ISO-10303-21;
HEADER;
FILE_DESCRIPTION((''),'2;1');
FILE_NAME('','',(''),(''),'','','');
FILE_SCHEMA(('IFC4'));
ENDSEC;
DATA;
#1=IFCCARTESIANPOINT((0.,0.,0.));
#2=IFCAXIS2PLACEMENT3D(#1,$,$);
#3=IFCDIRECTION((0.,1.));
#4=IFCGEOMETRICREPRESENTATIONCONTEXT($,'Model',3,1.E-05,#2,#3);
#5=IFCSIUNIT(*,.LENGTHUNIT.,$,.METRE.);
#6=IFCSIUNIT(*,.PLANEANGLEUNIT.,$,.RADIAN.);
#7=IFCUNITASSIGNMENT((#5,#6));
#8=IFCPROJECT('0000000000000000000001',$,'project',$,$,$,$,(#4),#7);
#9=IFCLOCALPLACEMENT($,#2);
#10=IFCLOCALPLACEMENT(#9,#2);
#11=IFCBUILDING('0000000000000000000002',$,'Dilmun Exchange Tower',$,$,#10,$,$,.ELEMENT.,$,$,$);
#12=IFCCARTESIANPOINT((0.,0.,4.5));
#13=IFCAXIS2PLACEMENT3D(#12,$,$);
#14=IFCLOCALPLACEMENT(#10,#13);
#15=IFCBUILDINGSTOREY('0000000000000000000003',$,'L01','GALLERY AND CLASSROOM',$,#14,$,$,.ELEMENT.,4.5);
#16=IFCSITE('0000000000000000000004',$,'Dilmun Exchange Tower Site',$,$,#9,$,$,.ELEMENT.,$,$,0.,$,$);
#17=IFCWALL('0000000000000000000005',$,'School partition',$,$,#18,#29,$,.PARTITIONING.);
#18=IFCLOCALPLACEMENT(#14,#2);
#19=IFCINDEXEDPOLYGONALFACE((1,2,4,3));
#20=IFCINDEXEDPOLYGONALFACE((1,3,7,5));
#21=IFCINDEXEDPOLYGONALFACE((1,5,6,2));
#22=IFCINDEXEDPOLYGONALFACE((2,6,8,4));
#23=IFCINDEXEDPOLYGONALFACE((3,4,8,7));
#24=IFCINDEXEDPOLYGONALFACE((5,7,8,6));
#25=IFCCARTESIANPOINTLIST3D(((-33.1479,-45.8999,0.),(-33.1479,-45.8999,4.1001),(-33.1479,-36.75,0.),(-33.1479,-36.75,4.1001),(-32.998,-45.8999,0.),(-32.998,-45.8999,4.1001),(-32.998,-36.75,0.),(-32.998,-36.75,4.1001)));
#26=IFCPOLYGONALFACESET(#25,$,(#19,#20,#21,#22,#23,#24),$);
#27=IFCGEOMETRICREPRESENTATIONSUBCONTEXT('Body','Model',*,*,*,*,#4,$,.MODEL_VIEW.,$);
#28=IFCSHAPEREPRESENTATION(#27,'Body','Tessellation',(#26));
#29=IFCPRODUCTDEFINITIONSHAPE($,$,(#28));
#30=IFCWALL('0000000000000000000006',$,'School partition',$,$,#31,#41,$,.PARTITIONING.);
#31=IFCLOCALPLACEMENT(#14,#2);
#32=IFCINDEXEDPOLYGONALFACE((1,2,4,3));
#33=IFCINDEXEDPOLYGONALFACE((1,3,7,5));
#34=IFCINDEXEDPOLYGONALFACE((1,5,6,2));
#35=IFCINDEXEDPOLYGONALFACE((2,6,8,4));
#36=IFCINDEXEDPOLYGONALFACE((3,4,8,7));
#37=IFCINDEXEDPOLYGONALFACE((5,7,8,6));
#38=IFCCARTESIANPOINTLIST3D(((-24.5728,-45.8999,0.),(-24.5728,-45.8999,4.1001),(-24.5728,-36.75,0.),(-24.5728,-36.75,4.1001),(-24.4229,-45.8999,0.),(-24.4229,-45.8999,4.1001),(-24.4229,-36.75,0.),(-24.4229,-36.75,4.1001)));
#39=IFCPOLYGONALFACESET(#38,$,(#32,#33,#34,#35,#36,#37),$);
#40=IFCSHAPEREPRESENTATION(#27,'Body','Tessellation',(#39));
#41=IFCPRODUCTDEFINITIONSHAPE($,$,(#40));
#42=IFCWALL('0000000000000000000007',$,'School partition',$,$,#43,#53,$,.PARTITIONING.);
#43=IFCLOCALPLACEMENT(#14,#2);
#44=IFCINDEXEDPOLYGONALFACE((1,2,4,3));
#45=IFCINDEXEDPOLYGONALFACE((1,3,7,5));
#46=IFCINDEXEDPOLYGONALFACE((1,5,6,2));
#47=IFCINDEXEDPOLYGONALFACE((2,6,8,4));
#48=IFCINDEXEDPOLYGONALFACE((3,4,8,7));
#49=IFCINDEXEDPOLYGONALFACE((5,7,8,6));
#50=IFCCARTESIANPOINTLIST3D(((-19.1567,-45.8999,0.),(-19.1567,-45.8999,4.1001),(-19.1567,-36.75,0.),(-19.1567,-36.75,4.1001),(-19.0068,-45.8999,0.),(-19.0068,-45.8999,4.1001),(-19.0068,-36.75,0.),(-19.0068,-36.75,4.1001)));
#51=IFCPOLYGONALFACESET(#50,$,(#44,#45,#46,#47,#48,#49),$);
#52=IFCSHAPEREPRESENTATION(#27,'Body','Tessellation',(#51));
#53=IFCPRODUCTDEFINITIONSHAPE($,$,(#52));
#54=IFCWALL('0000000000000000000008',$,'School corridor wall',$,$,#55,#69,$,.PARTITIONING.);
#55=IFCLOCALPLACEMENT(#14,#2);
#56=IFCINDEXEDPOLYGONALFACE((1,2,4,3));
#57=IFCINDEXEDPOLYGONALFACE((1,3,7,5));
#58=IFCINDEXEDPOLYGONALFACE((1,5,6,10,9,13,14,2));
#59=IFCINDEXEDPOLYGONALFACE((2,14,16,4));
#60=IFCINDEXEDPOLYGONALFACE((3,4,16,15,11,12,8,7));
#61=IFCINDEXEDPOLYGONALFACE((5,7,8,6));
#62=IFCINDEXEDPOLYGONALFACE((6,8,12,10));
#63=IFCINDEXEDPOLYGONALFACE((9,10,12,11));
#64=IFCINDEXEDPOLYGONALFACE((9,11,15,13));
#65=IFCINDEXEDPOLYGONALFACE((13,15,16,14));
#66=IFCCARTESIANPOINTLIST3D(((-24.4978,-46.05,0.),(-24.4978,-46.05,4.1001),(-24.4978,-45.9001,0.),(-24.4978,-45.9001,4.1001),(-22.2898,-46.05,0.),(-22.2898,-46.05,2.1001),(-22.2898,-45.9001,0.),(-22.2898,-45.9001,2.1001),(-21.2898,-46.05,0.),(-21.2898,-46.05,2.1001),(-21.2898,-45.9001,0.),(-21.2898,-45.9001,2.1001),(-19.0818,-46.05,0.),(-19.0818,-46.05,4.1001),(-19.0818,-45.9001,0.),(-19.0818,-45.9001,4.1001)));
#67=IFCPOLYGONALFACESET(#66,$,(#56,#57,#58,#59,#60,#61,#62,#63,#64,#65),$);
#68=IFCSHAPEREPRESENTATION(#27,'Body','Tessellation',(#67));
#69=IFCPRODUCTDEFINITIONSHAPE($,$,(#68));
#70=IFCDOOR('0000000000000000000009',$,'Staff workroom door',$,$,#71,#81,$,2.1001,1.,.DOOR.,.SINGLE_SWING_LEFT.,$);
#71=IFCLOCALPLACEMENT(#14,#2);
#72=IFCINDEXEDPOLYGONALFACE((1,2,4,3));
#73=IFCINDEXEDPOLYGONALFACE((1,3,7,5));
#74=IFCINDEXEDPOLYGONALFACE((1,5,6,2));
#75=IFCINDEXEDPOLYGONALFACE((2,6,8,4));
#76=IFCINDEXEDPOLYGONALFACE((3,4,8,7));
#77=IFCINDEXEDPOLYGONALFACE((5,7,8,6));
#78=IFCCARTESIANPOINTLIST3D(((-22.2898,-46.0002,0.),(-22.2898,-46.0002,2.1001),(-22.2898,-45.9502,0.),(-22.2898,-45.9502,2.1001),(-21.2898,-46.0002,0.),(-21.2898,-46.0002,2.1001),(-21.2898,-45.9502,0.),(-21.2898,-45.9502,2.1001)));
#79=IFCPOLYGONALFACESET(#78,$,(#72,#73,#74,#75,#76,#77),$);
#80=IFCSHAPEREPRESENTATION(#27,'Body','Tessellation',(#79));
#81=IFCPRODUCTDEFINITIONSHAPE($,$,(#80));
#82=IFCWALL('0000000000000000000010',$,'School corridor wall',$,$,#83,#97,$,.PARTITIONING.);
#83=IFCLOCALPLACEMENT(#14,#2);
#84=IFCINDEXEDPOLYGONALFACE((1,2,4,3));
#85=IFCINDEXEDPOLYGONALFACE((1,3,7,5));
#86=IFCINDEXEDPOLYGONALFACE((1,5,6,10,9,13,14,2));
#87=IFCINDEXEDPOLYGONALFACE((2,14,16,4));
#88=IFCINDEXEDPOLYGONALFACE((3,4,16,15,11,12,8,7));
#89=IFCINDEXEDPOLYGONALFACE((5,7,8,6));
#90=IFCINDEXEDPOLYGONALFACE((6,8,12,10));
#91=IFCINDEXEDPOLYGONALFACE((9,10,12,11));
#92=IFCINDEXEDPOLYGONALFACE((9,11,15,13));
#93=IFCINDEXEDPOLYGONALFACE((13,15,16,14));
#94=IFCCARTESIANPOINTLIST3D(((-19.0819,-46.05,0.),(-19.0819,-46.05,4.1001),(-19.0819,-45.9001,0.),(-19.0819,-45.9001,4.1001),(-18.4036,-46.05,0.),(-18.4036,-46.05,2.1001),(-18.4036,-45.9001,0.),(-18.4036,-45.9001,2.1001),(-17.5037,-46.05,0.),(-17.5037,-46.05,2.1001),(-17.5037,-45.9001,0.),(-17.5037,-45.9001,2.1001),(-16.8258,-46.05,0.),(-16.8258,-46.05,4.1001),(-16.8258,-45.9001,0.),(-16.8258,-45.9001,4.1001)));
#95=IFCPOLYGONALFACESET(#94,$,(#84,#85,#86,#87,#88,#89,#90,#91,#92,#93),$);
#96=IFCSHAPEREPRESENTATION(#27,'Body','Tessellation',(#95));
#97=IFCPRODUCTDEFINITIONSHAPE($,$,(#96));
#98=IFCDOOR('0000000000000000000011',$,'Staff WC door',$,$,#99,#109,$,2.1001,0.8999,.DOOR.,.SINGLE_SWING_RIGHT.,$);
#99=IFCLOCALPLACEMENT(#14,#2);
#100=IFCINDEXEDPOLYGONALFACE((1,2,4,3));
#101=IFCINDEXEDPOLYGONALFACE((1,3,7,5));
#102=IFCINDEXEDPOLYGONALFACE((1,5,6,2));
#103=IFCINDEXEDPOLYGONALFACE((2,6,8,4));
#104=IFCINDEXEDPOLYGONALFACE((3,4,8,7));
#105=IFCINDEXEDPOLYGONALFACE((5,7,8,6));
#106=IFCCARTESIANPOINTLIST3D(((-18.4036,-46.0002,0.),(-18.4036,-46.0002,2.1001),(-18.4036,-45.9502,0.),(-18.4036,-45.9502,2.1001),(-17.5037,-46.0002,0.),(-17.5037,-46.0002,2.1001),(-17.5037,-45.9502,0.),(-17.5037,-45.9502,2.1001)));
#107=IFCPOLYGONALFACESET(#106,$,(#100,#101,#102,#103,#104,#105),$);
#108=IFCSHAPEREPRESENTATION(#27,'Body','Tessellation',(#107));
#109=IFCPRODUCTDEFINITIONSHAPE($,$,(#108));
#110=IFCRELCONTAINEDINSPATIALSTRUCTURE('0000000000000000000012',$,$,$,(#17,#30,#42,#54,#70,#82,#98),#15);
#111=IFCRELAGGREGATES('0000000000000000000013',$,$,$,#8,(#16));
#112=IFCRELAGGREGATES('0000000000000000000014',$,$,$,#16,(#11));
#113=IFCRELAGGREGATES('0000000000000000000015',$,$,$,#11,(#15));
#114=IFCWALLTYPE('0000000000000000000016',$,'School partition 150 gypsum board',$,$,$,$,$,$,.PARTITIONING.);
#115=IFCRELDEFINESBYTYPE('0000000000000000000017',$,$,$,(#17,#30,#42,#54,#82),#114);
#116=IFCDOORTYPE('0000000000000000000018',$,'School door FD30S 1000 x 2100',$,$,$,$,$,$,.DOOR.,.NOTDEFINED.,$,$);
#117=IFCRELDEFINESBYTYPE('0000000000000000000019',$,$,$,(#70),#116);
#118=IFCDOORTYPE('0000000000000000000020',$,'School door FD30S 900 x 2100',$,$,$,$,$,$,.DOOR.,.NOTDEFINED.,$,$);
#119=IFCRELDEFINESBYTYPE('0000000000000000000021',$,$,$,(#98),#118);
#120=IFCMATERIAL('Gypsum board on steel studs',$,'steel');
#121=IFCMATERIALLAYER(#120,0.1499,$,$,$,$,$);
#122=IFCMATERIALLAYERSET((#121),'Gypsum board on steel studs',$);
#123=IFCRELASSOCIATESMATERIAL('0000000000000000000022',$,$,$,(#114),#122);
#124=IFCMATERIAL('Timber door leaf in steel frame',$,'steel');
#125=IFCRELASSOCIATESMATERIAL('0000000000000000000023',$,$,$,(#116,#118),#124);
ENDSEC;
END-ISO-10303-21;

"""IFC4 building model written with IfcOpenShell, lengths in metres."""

from ifc_helpers import new_model, si_unit, direction, frame, frame_2d, origin, place, context, subcontext, project, spatial, rectangle, extrude, material, layer, layer_set, type_object, element, fill, save


model = new_model("IFC4")

# Units and contexts
model_context = context("Model", 3, precision=1e-05, world=origin(), true_north=direction((0.0, 1.0)))
body_context = subcontext(model_context, "Body", "Model", "MODEL_VIEW")
ifc_project = project(units=[si_unit("LENGTHUNIT", "METRE"), si_unit("PLANEANGLEUNIT", "RADIAN")], contexts=[model_context])

# Site, building, storey
site_placement = place(None, origin())
site = spatial("IfcSite", under=ifc_project, at=site_placement, Name="Dilmun Exchange Tower Site", CompositionType="ELEMENT", RefElevation=0.0)
building_placement = place(site_placement, origin())
building = spatial("IfcBuilding", under=site, at=building_placement, Name="Dilmun Exchange Tower", CompositionType="ELEMENT")
storey_placement = place(building_placement, frame((0.0, 0.0, 4.5)))
storey = spatial("IfcBuildingStorey", under=building, at=storey_placement, Name="L01", Description="GALLERY AND CLASSROOM", CompositionType="ELEMENT", Elevation=4.5)

# Walls
ifc_material_1 = material(Name="Gypsum board on steel studs", Category="steel")
ifc_layer_1 = layer(ifc_material_1, 0.1499)
ifc_layer_set_1 = layer_set([ifc_layer_1], Name="Gypsum board on steel studs")
wall_type_1 = type_object("IfcWallType", Name="School partition 150 gypsum board", PredefinedType="PARTITIONING", material=ifc_layer_set_1)
for number, where, z_axis, x_axis, name in (
    (1, (-33.073, -45.8999, 0.0), (0.0, 0.0, 1.0), (0.0, 1.0, 0.0), "School partition"),
    (2, (-24.4978, -45.8999, 0.0), (0.0, 0.0, 1.0), (0.0, 1.0, 0.0), "School partition"),
    (3, (-19.0818, -45.8999, 0.0), (0.0, 0.0, 1.0), (0.0, 1.0, 0.0), "School partition"),
):
    element("IfcWall", number, at=place(storey_placement, frame(where, z_axis=z_axis, x_axis=x_axis)), inside=storey, type_object=wall_type_1, Name=name, PredefinedType="PARTITIONING", context=body_context, shape_type="SweptSolid", body=[
        extrude(rectangle(XDim=9.1499, YDim=0.1499, at=frame_2d((4.575, 0.0))), origin(), (0.0, 0.0, 1.0), 4.1001),
    ])

# Walls, openings, doors
wall_1_placement = place(storey_placement, frame((-24.4978, -45.9751, 0.0), z_axis=(0.0, 0.0, 1.0), x_axis=(1.0, 0.0, 0.0)))
wall_1 = element("IfcWall", 4, at=wall_1_placement, inside=storey, type_object=wall_type_1, Name="School corridor wall", PredefinedType="PARTITIONING", context=body_context, shape_type="SweptSolid", body=[
    extrude(rectangle(XDim=5.416, YDim=0.1499, at=frame_2d((2.708, 0.0))), origin(), (0.0, 0.0, 1.0), 4.1001),
])
opening_1_placement = place(wall_1_placement, frame((2.208, 0.0, 0.0)))
opening_1 = element("IfcOpeningElement", 5, at=opening_1_placement, cuts=wall_1, PredefinedType="OPENING", context=body_context, shape_type="SweptSolid", body=[
    extrude(rectangle(XDim=1.0, YDim=2.1001, at=frame_2d((0.5, 1.05))), frame((0.0, 0.085, 0.0), z_axis=(0.0, -1.0, 0.0), x_axis=(1.0, 0.0, 0.0)), (0.0, 0.0, 1.0), 0.1699),
])
ifc_material_2 = material(Name="Timber door leaf in steel frame", Category="steel")
door_type_1 = type_object("IfcDoorType", Name="School door FD30S 1000 x 2100", OperationType="NOTDEFINED", PredefinedType="DOOR", material=ifc_material_2)
door_1_placement = place(opening_1_placement, origin())
door_1 = element("IfcDoor", 6, at=door_1_placement, inside=storey, type_object=door_type_1, Name="Staff workroom door", OperationType="SINGLE_SWING_LEFT", OverallHeight=2.1001, OverallWidth=1.0, PredefinedType="DOOR", context=body_context, shape_type="SweptSolid", body=[
    extrude(rectangle(XDim=1.0, YDim=2.1001, at=frame_2d((0.5, 1.05))), frame((0.0, 0.0249, 0.0), z_axis=(0.0, -1.0, 0.0), x_axis=(1.0, 0.0, 0.0)), (0.0, 0.0, 1.0), 0.05),
])
fill(opening_1, door_1)
wall_2_placement = place(storey_placement, frame((-19.0818, -45.9751, 0.0), z_axis=(0.0, 0.0, 1.0), x_axis=(1.0, 0.0, 0.0)))
wall_2 = element("IfcWall", 7, at=wall_2_placement, inside=storey, type_object=wall_type_1, Name="School corridor wall", PredefinedType="PARTITIONING", context=body_context, shape_type="SweptSolid", body=[
    extrude(rectangle(XDim=2.2561, YDim=0.1499, at=frame_2d((1.1279, 0.0))), origin(), (0.0, 0.0, 1.0), 4.1001),
])
opening_2_placement = place(wall_2_placement, frame((0.6782, 0.0, 0.0)))
opening_2 = element("IfcOpeningElement", 8, at=opening_2_placement, cuts=wall_2, PredefinedType="OPENING", context=body_context, shape_type="SweptSolid", body=[
    extrude(rectangle(XDim=0.8999, YDim=2.1001, at=frame_2d((0.45, 1.05))), frame((0.0, 0.085, 0.0), z_axis=(0.0, -1.0, 0.0), x_axis=(1.0, 0.0, 0.0)), (0.0, 0.0, 1.0), 0.1699),
])
door_type_2 = type_object("IfcDoorType", Name="School door FD30S 900 x 2100", OperationType="NOTDEFINED", PredefinedType="DOOR", material=ifc_material_2)
door_2_placement = place(opening_2_placement, origin())
door_2 = element("IfcDoor", 9, at=door_2_placement, inside=storey, type_object=door_type_2, Name="Staff WC door", OperationType="SINGLE_SWING_RIGHT", OverallHeight=2.1001, OverallWidth=0.8999, PredefinedType="DOOR", context=body_context, shape_type="SweptSolid", body=[
    extrude(rectangle(XDim=0.8999, YDim=2.1001, at=frame_2d((0.45, 1.05))), frame((0.0, 0.0249, 0.0), z_axis=(0.0, -1.0, 0.0), x_axis=(1.0, 0.0, 0.0)), (0.0, 0.0, 1.0), 0.05),
])
fill(opening_2, door_2)

save(model, "model.ifc")
